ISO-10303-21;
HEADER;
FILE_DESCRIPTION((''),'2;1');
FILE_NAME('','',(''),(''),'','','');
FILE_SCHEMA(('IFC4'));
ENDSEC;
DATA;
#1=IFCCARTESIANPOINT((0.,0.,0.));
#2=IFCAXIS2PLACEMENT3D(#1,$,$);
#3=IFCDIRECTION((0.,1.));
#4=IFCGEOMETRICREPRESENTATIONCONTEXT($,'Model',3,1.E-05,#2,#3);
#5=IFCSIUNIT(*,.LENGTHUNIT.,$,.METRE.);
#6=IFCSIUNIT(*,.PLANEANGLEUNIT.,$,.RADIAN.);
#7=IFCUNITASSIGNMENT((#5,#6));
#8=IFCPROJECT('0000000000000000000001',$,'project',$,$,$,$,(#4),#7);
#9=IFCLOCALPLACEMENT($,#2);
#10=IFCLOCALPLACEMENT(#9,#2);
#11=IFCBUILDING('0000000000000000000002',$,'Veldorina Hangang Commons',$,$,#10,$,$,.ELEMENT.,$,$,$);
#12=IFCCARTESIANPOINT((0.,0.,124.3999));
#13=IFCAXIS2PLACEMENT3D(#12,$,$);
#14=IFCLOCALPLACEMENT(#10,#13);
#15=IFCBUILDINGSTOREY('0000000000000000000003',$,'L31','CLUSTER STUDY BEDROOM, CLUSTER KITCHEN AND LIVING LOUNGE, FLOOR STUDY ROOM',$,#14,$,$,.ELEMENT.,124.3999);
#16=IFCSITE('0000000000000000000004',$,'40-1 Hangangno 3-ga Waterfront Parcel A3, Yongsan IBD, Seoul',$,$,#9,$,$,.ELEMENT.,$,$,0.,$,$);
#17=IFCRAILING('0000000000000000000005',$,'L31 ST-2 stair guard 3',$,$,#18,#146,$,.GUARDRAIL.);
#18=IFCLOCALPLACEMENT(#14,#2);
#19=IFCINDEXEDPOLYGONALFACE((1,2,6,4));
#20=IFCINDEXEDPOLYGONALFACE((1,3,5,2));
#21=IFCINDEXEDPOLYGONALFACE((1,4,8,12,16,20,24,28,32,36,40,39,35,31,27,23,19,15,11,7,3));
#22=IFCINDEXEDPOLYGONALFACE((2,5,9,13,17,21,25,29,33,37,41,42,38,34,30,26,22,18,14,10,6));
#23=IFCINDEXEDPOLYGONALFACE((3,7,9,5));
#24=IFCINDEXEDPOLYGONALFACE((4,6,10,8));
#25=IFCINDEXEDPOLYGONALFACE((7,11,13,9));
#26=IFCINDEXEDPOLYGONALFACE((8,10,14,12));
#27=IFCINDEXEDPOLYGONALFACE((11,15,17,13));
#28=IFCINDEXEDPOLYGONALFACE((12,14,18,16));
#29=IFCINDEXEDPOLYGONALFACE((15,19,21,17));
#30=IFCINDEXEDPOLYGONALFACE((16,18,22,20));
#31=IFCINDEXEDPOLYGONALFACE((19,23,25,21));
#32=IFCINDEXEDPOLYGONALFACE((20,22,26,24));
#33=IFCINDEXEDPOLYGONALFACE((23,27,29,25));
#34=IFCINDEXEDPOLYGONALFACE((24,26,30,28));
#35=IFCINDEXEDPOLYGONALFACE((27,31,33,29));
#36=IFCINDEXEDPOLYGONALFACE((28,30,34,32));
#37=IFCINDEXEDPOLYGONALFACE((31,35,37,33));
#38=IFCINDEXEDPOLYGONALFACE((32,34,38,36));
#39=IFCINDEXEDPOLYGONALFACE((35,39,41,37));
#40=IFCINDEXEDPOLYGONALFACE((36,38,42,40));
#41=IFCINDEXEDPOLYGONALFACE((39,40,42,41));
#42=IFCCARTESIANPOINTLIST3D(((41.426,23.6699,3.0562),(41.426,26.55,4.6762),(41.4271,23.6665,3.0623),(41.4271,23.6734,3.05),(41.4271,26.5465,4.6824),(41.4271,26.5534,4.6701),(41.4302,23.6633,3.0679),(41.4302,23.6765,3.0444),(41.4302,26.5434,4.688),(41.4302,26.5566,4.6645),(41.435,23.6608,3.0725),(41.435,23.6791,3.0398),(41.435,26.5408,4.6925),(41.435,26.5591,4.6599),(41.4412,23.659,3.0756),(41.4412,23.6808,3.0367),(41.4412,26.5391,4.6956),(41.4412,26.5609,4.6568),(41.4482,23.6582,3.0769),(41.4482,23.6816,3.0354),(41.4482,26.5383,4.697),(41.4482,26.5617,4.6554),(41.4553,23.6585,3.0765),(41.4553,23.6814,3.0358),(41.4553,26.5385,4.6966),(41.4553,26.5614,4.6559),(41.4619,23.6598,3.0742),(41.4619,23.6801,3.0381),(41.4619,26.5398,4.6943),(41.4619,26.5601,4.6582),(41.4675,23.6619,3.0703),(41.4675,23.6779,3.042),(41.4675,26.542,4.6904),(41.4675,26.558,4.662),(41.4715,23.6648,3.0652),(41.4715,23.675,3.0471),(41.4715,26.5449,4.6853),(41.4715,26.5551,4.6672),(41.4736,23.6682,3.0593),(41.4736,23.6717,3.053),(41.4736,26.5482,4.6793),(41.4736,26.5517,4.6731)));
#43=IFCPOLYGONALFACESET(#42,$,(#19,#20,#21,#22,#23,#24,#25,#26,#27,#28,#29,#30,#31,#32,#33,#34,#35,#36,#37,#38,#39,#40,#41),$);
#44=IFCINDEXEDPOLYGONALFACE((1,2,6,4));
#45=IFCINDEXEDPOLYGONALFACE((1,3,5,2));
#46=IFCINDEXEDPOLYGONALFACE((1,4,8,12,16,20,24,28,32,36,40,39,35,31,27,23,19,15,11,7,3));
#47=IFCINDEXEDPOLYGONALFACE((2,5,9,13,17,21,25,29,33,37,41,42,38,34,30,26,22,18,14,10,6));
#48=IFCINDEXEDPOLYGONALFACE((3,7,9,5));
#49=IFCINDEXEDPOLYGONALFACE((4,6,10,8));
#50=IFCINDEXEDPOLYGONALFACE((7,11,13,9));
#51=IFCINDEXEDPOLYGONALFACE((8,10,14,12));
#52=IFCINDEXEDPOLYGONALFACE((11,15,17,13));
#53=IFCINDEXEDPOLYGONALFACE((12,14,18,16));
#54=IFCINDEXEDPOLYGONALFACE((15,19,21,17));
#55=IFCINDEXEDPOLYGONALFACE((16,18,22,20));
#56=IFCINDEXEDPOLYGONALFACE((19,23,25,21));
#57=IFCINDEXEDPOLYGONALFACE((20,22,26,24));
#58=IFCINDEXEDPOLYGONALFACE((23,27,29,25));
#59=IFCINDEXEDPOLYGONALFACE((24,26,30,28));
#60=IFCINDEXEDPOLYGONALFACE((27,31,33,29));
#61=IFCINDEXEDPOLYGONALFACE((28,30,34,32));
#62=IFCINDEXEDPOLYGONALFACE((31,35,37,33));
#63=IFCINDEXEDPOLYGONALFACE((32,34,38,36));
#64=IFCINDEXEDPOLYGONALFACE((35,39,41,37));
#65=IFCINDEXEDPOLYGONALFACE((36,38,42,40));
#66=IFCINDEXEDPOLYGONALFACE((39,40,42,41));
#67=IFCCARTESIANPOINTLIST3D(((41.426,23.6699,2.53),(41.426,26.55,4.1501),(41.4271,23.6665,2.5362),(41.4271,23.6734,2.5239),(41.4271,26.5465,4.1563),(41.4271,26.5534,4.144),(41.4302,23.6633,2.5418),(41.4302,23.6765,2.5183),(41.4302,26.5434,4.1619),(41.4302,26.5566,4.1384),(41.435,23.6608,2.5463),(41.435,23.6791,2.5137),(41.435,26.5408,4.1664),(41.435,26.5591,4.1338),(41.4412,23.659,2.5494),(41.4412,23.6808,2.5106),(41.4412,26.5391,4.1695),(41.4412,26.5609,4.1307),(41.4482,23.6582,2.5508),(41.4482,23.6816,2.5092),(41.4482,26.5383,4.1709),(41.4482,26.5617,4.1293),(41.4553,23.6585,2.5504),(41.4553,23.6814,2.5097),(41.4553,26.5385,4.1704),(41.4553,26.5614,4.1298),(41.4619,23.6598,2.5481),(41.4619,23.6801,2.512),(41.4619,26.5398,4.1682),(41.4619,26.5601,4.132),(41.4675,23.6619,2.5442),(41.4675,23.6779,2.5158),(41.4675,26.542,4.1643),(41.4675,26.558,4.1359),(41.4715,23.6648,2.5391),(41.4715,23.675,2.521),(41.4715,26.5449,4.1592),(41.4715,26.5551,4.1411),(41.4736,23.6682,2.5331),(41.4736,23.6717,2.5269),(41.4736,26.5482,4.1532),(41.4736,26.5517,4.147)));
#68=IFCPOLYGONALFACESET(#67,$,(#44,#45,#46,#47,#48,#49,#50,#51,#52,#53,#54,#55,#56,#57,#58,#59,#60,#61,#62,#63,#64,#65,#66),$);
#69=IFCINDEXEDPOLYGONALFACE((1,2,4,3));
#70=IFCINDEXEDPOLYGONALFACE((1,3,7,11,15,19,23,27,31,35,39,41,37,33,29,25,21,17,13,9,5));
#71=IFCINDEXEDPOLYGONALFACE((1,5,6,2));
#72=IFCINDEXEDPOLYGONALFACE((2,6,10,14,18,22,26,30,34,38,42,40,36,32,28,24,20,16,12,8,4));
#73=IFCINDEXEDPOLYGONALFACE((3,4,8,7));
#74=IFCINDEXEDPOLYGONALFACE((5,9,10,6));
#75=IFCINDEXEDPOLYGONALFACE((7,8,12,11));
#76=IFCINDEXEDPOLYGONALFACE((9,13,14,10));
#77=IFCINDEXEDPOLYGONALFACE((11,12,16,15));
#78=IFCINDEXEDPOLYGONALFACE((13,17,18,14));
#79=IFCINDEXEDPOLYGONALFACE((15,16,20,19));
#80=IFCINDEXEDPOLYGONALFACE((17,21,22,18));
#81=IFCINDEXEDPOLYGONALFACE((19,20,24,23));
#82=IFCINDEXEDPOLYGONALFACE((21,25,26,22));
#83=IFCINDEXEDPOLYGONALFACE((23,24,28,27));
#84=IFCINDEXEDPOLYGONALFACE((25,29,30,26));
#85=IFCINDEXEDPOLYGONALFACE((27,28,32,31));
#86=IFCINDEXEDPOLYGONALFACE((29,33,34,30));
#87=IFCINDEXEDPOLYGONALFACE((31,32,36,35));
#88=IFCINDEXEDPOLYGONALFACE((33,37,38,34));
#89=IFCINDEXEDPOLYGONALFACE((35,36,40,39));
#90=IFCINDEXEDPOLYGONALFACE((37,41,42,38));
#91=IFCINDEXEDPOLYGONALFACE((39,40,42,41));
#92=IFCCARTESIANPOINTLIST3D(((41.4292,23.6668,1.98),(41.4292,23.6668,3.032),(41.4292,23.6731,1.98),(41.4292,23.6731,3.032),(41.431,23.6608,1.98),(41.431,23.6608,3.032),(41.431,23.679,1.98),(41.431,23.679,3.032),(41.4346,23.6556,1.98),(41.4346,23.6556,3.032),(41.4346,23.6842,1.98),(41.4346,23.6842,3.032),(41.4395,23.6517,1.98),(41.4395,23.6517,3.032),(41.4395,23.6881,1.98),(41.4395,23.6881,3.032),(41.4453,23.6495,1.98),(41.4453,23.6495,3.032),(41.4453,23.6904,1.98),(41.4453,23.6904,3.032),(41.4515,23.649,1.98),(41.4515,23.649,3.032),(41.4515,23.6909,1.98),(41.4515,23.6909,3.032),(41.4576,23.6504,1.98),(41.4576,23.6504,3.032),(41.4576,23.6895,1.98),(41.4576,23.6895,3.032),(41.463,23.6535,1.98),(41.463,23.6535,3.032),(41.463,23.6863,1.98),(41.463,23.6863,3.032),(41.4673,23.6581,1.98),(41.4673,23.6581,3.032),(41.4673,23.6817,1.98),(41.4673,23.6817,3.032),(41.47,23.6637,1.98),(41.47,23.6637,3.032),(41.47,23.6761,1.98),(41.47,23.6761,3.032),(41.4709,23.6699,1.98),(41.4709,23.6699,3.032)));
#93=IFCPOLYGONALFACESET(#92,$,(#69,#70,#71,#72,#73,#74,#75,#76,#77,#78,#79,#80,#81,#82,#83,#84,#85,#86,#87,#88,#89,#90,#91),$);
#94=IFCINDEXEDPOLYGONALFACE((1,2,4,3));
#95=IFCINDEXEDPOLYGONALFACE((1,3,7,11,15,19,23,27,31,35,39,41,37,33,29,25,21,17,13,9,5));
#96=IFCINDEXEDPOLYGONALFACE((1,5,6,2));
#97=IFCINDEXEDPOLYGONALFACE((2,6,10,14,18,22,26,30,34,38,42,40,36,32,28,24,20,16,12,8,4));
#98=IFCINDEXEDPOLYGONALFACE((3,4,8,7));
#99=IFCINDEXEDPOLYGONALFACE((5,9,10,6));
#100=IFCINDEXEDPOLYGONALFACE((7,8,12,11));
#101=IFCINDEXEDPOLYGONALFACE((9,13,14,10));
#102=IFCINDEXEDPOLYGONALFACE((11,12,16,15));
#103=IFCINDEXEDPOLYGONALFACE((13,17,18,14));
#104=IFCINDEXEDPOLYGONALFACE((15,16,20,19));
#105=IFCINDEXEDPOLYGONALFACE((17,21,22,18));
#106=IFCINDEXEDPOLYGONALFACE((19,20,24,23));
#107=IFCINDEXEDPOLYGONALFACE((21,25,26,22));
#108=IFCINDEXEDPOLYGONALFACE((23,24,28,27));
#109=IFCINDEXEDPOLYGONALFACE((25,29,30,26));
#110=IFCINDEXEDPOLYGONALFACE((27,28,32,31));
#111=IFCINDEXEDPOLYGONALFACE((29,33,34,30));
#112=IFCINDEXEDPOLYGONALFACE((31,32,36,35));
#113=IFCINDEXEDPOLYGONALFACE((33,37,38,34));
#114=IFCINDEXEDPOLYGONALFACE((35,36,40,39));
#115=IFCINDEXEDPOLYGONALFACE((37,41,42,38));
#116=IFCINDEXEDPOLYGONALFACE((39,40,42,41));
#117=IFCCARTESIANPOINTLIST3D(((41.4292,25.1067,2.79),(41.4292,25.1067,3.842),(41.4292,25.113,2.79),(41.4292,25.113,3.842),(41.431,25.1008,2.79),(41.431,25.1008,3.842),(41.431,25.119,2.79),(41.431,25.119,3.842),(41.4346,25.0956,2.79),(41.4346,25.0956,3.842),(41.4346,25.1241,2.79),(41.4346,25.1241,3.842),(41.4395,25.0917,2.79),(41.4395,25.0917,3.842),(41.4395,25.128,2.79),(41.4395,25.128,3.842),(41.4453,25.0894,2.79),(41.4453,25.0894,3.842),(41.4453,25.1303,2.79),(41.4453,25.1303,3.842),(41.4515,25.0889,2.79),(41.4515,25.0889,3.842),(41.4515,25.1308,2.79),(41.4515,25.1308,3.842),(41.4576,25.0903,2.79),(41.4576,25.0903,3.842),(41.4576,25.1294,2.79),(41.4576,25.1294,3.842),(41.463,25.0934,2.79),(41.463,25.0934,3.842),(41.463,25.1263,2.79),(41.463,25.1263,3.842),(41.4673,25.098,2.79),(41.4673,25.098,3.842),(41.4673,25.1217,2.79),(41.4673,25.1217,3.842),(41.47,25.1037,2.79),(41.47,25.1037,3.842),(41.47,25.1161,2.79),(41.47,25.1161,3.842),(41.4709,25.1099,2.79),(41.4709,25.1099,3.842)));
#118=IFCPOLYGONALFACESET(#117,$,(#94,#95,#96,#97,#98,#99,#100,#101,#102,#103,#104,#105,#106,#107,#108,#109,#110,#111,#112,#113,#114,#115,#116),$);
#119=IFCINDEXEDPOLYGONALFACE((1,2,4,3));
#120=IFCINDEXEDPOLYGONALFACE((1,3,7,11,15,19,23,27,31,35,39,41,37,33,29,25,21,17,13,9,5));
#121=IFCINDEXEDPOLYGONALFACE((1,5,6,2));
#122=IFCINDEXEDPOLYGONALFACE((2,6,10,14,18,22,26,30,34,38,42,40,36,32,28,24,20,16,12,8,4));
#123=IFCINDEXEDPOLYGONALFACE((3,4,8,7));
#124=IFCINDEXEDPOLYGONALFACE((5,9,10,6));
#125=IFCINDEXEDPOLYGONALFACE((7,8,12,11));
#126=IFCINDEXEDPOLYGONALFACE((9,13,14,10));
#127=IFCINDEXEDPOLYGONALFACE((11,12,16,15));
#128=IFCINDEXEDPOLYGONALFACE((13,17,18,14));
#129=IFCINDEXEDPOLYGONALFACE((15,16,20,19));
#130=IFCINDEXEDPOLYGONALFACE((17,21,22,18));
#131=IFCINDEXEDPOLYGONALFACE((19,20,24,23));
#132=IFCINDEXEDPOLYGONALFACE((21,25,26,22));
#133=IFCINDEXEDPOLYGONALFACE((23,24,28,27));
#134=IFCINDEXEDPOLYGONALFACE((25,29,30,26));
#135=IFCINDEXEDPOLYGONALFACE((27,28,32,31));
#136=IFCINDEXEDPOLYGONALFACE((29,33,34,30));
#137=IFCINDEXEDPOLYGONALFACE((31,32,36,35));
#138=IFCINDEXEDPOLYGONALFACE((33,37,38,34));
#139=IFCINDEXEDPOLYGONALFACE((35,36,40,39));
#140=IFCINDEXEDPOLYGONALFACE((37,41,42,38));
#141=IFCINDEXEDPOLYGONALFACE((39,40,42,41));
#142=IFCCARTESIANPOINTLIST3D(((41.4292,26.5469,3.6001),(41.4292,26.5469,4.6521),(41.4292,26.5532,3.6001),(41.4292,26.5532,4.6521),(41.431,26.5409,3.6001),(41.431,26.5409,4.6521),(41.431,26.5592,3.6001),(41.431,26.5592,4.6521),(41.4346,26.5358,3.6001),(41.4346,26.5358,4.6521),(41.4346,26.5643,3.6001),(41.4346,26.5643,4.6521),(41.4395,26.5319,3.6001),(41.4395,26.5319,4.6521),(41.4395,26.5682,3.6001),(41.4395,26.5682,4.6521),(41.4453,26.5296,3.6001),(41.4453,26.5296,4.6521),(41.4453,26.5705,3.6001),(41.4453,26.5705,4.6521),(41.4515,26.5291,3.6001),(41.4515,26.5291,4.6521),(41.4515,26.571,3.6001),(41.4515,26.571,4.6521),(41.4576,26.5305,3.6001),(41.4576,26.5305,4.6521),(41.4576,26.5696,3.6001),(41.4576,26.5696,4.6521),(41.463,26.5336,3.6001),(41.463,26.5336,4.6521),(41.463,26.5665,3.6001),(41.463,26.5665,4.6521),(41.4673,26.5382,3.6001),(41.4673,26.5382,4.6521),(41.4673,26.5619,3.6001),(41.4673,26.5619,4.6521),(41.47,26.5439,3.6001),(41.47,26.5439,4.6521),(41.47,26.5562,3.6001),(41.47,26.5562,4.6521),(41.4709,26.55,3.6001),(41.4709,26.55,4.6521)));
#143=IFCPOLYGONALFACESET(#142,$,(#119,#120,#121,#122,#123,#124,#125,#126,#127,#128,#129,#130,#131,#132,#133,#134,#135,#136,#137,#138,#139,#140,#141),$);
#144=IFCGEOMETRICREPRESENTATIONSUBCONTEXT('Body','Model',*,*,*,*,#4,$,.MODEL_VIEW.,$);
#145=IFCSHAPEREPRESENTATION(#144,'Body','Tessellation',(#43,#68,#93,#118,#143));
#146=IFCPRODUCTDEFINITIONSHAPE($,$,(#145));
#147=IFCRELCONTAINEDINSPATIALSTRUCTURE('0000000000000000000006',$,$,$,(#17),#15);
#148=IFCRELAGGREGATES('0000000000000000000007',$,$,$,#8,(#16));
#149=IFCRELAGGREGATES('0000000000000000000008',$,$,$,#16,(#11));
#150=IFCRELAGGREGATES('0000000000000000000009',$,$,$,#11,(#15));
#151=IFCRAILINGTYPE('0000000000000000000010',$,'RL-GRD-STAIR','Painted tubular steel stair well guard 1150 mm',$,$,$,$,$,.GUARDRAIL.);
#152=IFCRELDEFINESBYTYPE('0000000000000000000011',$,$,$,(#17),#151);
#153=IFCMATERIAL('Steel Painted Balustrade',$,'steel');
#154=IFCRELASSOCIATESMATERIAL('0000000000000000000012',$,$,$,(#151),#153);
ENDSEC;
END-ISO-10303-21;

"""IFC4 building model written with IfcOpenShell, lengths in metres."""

from ifc_helpers import new_model, si_unit, direction, frame, origin, origin_2d, place, context, subcontext, project, spatial, circle, extrude, material, type_object, element, save


model = new_model("IFC4")

# Units and contexts
model_context = context("Model", 3, precision=1e-05, world=origin(), true_north=direction((0.0, 1.0)))
body_context = subcontext(model_context, "Body", "Model", "MODEL_VIEW")
ifc_project = project(units=[si_unit("LENGTHUNIT", "METRE"), si_unit("PLANEANGLEUNIT", "RADIAN")], contexts=[model_context])

# Site, building, storey
site_placement = place(None, origin())
site = spatial("IfcSite", under=ifc_project, at=site_placement, Name="40-1 Hangangno 3-ga Waterfront Parcel A3, Yongsan IBD, Seoul", CompositionType="ELEMENT", RefElevation=0.0)
building_placement = place(site_placement, origin())
building = spatial("IfcBuilding", under=site, at=building_placement, Name="Veldorina Hangang Commons", CompositionType="ELEMENT")
storey_placement = place(building_placement, frame((0.0, 0.0, 124.3999)))
storey = spatial("IfcBuildingStorey", under=building, at=storey_placement, Name="L31", Description="CLUSTER STUDY BEDROOM, CLUSTER KITCHEN AND LIVING LOUNGE, FLOOR STUDY ROOM", CompositionType="ELEMENT", Elevation=124.3999)

# Railing
ifc_material_1 = material(Name="Steel Painted Balustrade", Category="steel")
railing_type_1 = type_object("IfcRailingType", Name="RL-GRD-STAIR", Description="Painted tubular steel stair well guard 1150 mm", PredefinedType="GUARDRAIL", material=ifc_material_1)
railing_1_placement = place(storey_placement, frame((41.45, 23.6699, 1.98)))
element("IfcRailing", 1, at=railing_1_placement, inside=storey, type_object=railing_type_1, Name="L31 ST-2 stair guard 3", PredefinedType="GUARDRAIL", context=body_context, shape_type="SweptSolid", body=[
    extrude(circle(Radius=0.0239, at=origin_2d()), frame((0.0, 0.0, 1.0762), z_axis=(0.0, 0.87157, 0.490272), x_axis=(-1.0, 0.0, 0.0)), (0.0, 0.0, 1.0), 3.3044),
    extrude(circle(Radius=0.0239, at=origin_2d()), frame((0.0, 0.0, 0.55), z_axis=(0.0, 0.87157, 0.490272), x_axis=(-1.0, 0.0, 0.0)), (0.0, 0.0, 1.0), 3.3044),
    extrude(circle(Radius=0.021, at=origin_2d()), origin(), (0.0, 0.0, 1.0), 1.052),
    extrude(circle(Radius=0.021, at=origin_2d()), frame((0.0, 1.4399, 0.8101)), (0.0, 0.0, 1.0), 1.052),
    extrude(circle(Radius=0.021, at=origin_2d()), frame((0.0, 2.8801, 1.6201)), (0.0, 0.0, 1.0), 1.052),
])

save(model, "model.ifc")
